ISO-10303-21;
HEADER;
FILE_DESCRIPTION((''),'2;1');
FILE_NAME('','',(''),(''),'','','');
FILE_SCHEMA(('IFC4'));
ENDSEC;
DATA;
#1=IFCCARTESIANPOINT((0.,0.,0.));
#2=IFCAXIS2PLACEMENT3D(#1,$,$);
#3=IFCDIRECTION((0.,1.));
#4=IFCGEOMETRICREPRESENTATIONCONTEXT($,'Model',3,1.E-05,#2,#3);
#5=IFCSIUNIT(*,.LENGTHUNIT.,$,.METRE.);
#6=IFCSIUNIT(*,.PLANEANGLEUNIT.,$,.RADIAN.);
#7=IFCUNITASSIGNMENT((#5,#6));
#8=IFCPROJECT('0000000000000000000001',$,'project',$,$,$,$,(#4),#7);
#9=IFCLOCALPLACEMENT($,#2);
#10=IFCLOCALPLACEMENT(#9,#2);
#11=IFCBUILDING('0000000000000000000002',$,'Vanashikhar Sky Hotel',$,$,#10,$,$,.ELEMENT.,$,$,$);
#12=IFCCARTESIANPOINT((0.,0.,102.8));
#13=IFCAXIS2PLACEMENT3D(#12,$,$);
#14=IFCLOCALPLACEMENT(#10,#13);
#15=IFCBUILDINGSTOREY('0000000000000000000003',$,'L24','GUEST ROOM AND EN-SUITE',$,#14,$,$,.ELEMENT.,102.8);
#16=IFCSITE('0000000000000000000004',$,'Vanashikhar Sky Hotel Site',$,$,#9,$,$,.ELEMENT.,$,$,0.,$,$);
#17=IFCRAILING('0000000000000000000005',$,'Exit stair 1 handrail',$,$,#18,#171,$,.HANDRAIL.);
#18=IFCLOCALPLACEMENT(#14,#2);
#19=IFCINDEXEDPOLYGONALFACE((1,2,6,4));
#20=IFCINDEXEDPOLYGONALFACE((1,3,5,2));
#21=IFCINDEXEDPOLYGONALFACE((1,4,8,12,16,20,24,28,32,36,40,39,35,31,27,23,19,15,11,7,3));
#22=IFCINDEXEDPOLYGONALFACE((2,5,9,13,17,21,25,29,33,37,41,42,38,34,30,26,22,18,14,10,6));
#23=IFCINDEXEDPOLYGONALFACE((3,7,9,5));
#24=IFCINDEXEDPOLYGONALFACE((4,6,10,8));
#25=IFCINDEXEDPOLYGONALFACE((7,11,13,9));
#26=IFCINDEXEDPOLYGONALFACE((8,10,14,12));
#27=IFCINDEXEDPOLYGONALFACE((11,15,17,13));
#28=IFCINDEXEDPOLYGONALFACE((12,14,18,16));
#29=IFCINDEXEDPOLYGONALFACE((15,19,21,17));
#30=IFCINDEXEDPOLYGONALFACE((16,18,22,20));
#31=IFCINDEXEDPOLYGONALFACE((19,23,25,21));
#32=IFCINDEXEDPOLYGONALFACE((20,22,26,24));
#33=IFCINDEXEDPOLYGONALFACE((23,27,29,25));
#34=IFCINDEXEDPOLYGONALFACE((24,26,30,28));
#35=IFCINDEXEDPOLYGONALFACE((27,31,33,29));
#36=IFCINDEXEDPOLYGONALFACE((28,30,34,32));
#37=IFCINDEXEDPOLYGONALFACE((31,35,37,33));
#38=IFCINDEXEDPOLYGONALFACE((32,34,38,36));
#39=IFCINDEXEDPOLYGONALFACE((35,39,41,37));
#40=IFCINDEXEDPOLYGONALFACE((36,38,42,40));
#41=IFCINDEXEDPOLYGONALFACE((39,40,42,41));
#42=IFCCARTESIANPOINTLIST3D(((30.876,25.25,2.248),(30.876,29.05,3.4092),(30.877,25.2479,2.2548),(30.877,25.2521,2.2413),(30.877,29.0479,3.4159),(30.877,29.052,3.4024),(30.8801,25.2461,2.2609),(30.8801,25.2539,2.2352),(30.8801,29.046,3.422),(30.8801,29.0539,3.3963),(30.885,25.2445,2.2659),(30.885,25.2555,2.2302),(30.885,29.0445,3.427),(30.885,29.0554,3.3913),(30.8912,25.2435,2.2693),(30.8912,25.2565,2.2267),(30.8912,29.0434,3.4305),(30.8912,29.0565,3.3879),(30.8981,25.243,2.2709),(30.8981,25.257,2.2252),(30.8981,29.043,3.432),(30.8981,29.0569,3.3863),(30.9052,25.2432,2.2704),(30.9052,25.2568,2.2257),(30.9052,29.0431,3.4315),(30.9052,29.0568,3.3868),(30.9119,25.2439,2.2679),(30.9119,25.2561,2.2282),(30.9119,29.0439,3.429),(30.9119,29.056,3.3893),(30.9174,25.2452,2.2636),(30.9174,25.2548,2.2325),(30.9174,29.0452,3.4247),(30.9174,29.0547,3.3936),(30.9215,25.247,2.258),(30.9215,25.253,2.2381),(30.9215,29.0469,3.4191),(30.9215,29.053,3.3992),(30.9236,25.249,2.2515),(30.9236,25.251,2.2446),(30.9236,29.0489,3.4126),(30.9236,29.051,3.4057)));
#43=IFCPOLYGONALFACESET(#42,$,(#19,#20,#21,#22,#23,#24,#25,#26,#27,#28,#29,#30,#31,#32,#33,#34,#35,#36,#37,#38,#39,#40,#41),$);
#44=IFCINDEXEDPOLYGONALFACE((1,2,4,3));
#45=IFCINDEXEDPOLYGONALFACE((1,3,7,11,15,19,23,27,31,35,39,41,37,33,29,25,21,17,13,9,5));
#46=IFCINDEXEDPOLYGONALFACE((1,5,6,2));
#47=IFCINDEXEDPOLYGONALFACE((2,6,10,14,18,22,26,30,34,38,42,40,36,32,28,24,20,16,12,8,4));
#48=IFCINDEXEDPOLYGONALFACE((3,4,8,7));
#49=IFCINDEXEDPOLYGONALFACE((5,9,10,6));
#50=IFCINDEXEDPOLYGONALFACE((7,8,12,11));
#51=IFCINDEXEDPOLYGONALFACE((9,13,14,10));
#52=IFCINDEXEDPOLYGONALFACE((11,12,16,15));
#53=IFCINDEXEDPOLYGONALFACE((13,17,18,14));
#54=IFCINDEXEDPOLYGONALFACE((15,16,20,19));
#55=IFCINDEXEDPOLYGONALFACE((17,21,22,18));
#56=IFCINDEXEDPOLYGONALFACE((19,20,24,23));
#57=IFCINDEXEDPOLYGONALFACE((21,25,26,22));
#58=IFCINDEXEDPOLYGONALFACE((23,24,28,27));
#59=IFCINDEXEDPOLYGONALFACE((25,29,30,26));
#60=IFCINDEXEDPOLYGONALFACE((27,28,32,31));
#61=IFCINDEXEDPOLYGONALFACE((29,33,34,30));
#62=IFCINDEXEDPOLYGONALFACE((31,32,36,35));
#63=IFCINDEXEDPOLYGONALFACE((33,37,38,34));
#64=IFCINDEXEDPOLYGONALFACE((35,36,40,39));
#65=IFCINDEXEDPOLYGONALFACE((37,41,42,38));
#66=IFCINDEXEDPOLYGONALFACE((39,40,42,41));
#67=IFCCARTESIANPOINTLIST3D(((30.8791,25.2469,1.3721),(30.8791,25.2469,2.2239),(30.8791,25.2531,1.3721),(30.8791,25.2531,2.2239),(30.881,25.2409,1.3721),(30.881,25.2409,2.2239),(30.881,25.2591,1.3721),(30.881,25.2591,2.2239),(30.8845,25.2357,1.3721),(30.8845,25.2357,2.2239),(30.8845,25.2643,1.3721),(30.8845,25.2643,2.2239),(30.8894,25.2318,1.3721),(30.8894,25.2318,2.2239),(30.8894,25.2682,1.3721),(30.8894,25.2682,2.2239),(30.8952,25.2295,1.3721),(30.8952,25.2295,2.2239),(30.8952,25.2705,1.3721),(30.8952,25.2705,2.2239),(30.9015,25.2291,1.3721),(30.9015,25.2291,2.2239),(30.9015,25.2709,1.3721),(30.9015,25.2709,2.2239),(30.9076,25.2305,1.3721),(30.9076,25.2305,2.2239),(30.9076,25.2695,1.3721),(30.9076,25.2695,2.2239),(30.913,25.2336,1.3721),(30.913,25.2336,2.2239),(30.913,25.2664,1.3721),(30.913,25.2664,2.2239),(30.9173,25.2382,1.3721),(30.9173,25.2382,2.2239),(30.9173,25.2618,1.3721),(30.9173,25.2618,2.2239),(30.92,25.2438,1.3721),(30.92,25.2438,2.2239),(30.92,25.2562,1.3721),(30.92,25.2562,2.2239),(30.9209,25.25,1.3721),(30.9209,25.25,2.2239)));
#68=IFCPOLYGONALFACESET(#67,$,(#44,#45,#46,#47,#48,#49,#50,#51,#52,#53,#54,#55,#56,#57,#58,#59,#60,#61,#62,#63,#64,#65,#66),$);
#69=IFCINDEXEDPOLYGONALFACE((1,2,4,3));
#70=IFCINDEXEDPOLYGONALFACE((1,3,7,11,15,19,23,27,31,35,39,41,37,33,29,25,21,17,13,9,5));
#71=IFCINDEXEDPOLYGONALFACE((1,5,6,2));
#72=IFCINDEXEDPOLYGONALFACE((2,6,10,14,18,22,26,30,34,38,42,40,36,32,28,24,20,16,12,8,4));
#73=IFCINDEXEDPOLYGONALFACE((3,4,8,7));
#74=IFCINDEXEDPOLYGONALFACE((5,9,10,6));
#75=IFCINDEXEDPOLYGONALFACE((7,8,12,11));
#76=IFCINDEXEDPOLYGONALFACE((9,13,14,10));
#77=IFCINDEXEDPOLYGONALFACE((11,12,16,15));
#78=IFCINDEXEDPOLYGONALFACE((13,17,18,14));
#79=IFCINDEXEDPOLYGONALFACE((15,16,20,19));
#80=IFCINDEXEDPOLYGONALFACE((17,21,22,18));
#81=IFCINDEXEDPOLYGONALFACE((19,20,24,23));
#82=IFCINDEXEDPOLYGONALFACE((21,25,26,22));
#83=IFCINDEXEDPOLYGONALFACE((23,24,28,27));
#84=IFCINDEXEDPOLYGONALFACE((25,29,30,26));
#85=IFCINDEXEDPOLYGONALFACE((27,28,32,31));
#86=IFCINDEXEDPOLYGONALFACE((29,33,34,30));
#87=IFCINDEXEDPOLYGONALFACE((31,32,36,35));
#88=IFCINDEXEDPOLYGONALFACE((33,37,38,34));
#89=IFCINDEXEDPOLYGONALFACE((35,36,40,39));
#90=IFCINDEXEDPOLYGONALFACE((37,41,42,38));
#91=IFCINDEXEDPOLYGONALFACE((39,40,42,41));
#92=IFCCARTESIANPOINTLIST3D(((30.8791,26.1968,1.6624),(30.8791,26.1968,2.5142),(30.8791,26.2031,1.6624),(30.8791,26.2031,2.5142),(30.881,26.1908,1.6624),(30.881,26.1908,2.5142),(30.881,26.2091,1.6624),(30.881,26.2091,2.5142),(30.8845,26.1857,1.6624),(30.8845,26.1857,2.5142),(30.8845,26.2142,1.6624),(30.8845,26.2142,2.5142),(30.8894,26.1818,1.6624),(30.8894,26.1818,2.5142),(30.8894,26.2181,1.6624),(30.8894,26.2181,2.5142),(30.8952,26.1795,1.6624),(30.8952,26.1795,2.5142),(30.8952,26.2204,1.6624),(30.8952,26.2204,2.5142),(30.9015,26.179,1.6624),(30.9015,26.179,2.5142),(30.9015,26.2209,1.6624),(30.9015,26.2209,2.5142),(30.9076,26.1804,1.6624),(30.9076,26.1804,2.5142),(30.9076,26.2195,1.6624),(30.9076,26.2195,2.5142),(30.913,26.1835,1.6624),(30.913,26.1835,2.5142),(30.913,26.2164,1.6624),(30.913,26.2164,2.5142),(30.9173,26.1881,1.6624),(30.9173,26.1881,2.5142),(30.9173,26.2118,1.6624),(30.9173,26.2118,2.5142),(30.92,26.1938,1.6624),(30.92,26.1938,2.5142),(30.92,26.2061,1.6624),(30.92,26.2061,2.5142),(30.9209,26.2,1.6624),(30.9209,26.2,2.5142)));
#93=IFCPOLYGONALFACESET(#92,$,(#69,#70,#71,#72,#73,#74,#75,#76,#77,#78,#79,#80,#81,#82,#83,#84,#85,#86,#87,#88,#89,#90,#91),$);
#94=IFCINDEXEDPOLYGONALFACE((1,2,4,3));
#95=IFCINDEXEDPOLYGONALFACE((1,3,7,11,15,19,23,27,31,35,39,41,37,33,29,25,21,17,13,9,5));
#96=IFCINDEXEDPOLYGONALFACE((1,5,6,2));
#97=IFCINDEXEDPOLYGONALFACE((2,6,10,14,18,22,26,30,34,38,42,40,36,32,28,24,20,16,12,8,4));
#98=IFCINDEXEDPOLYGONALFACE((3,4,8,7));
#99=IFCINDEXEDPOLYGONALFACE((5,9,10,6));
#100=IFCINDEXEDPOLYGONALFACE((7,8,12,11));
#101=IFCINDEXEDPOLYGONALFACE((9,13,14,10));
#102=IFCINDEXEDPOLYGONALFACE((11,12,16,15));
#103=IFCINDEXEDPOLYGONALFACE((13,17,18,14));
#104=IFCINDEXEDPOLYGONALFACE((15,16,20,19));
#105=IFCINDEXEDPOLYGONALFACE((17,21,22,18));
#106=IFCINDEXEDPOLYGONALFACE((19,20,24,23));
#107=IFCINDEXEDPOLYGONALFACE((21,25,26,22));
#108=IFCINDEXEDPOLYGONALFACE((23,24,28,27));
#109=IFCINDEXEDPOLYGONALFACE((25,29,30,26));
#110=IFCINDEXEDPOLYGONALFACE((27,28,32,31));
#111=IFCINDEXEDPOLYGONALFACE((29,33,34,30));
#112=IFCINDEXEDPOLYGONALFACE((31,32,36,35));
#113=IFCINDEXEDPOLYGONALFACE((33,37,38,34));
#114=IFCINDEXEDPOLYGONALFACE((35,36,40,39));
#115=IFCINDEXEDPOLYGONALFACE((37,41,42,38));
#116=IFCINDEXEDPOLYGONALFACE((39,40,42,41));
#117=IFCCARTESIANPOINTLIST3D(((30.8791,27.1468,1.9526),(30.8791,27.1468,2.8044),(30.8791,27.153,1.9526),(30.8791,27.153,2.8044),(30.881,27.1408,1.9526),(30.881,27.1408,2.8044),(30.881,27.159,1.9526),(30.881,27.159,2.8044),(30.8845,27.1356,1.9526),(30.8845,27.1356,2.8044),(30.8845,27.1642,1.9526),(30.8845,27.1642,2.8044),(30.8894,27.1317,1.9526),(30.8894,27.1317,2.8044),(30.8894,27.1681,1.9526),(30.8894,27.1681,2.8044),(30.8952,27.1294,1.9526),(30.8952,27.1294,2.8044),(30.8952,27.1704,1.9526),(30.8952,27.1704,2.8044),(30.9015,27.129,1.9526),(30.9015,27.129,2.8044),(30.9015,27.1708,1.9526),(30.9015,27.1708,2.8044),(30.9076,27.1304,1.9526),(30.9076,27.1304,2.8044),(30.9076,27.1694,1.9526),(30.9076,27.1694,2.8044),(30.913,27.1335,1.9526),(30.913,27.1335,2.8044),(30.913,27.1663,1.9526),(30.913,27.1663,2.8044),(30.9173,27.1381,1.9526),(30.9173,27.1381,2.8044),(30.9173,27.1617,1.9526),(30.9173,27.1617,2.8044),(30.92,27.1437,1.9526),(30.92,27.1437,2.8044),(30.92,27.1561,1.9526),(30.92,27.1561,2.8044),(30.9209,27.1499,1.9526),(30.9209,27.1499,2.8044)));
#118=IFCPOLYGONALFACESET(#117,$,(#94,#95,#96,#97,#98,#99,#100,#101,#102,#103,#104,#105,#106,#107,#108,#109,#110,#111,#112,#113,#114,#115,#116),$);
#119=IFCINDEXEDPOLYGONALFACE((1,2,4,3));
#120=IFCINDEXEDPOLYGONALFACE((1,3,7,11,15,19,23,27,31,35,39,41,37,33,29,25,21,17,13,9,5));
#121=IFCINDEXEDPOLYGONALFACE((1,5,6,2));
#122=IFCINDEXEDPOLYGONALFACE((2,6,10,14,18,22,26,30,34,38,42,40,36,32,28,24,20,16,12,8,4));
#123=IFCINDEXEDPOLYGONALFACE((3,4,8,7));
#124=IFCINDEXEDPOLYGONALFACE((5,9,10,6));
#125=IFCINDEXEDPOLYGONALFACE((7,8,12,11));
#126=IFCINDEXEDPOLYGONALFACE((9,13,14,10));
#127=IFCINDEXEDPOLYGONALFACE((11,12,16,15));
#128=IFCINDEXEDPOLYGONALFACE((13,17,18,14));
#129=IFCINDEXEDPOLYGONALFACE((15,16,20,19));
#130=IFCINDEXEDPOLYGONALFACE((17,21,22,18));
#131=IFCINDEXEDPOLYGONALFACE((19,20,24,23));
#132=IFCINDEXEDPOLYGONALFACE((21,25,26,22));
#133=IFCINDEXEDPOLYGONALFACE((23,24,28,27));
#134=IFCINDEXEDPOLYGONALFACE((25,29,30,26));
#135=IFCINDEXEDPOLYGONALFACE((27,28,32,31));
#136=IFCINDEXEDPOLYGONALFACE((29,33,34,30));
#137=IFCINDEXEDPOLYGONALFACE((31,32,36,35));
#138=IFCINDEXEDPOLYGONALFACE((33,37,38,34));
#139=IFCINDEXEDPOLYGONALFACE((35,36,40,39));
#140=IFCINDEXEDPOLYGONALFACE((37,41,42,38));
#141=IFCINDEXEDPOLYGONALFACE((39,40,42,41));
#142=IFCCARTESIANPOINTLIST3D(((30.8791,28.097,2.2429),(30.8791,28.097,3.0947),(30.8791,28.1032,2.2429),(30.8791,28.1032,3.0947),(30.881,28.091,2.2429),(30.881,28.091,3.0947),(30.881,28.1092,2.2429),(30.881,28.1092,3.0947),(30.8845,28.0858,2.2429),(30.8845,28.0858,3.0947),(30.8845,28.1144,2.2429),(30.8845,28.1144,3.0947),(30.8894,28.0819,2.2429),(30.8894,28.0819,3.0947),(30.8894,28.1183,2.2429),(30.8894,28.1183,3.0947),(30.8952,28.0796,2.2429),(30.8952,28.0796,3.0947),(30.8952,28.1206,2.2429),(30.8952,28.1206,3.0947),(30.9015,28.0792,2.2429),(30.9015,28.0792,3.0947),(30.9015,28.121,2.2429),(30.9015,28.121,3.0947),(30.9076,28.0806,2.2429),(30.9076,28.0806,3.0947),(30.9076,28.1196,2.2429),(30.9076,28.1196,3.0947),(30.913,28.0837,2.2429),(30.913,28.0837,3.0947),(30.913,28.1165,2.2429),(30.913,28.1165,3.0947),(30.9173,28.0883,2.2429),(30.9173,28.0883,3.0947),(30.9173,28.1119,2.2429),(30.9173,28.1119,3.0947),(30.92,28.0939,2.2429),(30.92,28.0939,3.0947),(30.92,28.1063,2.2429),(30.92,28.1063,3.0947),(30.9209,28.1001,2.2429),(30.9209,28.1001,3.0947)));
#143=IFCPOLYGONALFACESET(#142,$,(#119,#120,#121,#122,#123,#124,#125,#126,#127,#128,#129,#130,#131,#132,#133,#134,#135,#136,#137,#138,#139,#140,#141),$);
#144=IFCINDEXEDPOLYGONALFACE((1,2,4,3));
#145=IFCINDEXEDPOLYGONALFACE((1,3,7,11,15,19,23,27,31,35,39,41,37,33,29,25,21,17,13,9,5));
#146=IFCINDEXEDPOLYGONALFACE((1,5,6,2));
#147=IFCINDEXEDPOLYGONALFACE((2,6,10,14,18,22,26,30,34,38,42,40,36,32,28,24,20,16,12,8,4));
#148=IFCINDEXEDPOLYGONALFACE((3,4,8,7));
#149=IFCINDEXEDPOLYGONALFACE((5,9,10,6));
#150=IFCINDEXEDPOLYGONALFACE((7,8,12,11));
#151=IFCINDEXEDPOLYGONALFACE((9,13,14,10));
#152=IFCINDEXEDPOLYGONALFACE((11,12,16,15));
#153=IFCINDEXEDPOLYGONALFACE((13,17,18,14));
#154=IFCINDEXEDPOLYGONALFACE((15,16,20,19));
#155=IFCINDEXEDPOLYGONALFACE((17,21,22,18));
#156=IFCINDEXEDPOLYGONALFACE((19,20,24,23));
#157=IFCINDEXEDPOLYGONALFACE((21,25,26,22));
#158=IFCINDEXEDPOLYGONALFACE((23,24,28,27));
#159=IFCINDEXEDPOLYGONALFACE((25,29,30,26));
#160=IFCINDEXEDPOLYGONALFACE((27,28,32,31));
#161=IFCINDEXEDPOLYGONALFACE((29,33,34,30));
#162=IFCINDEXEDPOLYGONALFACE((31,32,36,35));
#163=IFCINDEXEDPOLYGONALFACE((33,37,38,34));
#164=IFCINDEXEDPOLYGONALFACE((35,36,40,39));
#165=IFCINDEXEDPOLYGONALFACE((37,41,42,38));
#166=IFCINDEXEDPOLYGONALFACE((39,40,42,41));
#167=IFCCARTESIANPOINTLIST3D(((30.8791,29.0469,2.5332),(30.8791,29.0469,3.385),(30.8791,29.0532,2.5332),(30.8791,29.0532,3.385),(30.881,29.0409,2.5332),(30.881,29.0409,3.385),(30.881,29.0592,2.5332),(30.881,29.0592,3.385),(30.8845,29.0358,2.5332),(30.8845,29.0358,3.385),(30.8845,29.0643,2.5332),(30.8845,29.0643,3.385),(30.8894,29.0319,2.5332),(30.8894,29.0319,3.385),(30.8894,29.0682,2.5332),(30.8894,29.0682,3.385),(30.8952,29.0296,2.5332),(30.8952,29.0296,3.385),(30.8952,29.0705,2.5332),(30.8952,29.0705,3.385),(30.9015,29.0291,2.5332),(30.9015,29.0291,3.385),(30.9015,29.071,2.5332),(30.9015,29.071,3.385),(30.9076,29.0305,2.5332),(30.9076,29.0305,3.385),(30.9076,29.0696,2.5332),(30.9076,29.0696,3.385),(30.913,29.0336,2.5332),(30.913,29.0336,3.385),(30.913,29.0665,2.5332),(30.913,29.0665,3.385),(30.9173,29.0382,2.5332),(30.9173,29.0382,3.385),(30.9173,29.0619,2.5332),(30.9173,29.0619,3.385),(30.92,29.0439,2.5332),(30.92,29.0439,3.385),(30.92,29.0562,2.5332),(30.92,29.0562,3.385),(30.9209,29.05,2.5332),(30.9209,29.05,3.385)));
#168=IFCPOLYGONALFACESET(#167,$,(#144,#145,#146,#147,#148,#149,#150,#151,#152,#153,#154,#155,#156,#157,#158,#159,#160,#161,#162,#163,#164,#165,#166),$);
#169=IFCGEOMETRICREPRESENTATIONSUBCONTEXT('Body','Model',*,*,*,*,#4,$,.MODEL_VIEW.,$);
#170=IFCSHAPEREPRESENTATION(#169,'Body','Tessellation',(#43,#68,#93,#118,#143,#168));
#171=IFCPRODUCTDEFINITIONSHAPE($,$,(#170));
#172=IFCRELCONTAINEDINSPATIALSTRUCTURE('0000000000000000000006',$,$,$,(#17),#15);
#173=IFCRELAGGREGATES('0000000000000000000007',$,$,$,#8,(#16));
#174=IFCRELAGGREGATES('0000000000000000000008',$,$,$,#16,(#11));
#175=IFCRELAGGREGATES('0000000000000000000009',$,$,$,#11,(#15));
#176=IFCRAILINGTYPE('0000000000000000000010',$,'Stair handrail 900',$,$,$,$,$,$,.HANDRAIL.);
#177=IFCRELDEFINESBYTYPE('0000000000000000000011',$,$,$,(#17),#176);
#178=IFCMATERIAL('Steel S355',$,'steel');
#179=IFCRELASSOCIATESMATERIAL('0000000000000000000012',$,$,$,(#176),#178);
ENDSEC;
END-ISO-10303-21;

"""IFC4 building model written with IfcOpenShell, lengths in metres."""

from ifc_helpers import new_model, si_unit, direction, frame, origin, origin_2d, place, context, subcontext, project, spatial, circle, extrude, source, transform, mapped, material, type_object, element, save


model = new_model("IFC4")

# Units and contexts
model_context = context("Model", 3, precision=1e-05, world=origin(), true_north=direction((0.0, 1.0)))
body_context = subcontext(model_context, "Body", "Model", "MODEL_VIEW")
ifc_project = project(units=[si_unit("LENGTHUNIT", "METRE"), si_unit("PLANEANGLEUNIT", "RADIAN")], contexts=[model_context])

# Site, building, storey
site_placement = place(None, origin())
site = spatial("IfcSite", under=ifc_project, at=site_placement, Name="Vanashikhar Sky Hotel Site", CompositionType="ELEMENT", RefElevation=0.0)
building_placement = place(site_placement, origin())
building = spatial("IfcBuilding", under=site, at=building_placement, Name="Vanashikhar Sky Hotel", CompositionType="ELEMENT")
storey_placement = place(building_placement, frame((0.0, 0.0, 102.8)))
storey = spatial("IfcBuildingStorey", under=building, at=storey_placement, Name="L24", Description="GUEST ROOM AND EN-SUITE", CompositionType="ELEMENT", Elevation=102.8)

# Railing
ifc_material_1 = material(Name="Steel S355", Category="steel")
railing_type_1 = type_object("IfcRailingType", Name="Stair handrail 900", PredefinedType="HANDRAIL", material=ifc_material_1)
shared_shape_1 = source(origin(), body_context, "Body", "SweptSolid", [
    extrude(circle(Radius=0.0239, at=origin_2d()), frame((0.0, 0.0, 0.876), z_axis=(0.0, 0.956351, 0.29222), x_axis=(-1.0, 0.0, 0.0)), (0.0, 0.0, 1.0), 3.9734),
    extrude(circle(Radius=0.021, at=origin_2d()), origin(), (0.0, 0.0, 1.0), 0.8518),
    extrude(circle(Radius=0.021, at=origin_2d()), frame((0.0, 0.95, 0.2903)), (0.0, 0.0, 1.0), 0.8518),
    extrude(circle(Radius=0.021, at=origin_2d()), frame((0.0, 1.8999, 0.5806)), (0.0, 0.0, 1.0), 0.8518),
    extrude(circle(Radius=0.021, at=origin_2d()), frame((0.0, 2.8501, 0.8708)), (0.0, 0.0, 1.0), 0.8518),
    extrude(circle(Radius=0.021, at=origin_2d()), frame((0.0, 3.8, 1.1611)), (0.0, 0.0, 1.0), 0.8518),
])
railing_1_placement = place(storey_placement, frame((30.8999, 25.25, 1.3721)))
element("IfcRailing", 1, at=railing_1_placement, inside=storey, type_object=railing_type_1, Name="Exit stair 1 handrail", PredefinedType="HANDRAIL", context=body_context, shape_type="MappedRepresentation", body=[
    mapped(shared_shape_1, transform((0.0, 0.0, 0.0), scale=1.0)),
])

save(model, "model.ifc")
